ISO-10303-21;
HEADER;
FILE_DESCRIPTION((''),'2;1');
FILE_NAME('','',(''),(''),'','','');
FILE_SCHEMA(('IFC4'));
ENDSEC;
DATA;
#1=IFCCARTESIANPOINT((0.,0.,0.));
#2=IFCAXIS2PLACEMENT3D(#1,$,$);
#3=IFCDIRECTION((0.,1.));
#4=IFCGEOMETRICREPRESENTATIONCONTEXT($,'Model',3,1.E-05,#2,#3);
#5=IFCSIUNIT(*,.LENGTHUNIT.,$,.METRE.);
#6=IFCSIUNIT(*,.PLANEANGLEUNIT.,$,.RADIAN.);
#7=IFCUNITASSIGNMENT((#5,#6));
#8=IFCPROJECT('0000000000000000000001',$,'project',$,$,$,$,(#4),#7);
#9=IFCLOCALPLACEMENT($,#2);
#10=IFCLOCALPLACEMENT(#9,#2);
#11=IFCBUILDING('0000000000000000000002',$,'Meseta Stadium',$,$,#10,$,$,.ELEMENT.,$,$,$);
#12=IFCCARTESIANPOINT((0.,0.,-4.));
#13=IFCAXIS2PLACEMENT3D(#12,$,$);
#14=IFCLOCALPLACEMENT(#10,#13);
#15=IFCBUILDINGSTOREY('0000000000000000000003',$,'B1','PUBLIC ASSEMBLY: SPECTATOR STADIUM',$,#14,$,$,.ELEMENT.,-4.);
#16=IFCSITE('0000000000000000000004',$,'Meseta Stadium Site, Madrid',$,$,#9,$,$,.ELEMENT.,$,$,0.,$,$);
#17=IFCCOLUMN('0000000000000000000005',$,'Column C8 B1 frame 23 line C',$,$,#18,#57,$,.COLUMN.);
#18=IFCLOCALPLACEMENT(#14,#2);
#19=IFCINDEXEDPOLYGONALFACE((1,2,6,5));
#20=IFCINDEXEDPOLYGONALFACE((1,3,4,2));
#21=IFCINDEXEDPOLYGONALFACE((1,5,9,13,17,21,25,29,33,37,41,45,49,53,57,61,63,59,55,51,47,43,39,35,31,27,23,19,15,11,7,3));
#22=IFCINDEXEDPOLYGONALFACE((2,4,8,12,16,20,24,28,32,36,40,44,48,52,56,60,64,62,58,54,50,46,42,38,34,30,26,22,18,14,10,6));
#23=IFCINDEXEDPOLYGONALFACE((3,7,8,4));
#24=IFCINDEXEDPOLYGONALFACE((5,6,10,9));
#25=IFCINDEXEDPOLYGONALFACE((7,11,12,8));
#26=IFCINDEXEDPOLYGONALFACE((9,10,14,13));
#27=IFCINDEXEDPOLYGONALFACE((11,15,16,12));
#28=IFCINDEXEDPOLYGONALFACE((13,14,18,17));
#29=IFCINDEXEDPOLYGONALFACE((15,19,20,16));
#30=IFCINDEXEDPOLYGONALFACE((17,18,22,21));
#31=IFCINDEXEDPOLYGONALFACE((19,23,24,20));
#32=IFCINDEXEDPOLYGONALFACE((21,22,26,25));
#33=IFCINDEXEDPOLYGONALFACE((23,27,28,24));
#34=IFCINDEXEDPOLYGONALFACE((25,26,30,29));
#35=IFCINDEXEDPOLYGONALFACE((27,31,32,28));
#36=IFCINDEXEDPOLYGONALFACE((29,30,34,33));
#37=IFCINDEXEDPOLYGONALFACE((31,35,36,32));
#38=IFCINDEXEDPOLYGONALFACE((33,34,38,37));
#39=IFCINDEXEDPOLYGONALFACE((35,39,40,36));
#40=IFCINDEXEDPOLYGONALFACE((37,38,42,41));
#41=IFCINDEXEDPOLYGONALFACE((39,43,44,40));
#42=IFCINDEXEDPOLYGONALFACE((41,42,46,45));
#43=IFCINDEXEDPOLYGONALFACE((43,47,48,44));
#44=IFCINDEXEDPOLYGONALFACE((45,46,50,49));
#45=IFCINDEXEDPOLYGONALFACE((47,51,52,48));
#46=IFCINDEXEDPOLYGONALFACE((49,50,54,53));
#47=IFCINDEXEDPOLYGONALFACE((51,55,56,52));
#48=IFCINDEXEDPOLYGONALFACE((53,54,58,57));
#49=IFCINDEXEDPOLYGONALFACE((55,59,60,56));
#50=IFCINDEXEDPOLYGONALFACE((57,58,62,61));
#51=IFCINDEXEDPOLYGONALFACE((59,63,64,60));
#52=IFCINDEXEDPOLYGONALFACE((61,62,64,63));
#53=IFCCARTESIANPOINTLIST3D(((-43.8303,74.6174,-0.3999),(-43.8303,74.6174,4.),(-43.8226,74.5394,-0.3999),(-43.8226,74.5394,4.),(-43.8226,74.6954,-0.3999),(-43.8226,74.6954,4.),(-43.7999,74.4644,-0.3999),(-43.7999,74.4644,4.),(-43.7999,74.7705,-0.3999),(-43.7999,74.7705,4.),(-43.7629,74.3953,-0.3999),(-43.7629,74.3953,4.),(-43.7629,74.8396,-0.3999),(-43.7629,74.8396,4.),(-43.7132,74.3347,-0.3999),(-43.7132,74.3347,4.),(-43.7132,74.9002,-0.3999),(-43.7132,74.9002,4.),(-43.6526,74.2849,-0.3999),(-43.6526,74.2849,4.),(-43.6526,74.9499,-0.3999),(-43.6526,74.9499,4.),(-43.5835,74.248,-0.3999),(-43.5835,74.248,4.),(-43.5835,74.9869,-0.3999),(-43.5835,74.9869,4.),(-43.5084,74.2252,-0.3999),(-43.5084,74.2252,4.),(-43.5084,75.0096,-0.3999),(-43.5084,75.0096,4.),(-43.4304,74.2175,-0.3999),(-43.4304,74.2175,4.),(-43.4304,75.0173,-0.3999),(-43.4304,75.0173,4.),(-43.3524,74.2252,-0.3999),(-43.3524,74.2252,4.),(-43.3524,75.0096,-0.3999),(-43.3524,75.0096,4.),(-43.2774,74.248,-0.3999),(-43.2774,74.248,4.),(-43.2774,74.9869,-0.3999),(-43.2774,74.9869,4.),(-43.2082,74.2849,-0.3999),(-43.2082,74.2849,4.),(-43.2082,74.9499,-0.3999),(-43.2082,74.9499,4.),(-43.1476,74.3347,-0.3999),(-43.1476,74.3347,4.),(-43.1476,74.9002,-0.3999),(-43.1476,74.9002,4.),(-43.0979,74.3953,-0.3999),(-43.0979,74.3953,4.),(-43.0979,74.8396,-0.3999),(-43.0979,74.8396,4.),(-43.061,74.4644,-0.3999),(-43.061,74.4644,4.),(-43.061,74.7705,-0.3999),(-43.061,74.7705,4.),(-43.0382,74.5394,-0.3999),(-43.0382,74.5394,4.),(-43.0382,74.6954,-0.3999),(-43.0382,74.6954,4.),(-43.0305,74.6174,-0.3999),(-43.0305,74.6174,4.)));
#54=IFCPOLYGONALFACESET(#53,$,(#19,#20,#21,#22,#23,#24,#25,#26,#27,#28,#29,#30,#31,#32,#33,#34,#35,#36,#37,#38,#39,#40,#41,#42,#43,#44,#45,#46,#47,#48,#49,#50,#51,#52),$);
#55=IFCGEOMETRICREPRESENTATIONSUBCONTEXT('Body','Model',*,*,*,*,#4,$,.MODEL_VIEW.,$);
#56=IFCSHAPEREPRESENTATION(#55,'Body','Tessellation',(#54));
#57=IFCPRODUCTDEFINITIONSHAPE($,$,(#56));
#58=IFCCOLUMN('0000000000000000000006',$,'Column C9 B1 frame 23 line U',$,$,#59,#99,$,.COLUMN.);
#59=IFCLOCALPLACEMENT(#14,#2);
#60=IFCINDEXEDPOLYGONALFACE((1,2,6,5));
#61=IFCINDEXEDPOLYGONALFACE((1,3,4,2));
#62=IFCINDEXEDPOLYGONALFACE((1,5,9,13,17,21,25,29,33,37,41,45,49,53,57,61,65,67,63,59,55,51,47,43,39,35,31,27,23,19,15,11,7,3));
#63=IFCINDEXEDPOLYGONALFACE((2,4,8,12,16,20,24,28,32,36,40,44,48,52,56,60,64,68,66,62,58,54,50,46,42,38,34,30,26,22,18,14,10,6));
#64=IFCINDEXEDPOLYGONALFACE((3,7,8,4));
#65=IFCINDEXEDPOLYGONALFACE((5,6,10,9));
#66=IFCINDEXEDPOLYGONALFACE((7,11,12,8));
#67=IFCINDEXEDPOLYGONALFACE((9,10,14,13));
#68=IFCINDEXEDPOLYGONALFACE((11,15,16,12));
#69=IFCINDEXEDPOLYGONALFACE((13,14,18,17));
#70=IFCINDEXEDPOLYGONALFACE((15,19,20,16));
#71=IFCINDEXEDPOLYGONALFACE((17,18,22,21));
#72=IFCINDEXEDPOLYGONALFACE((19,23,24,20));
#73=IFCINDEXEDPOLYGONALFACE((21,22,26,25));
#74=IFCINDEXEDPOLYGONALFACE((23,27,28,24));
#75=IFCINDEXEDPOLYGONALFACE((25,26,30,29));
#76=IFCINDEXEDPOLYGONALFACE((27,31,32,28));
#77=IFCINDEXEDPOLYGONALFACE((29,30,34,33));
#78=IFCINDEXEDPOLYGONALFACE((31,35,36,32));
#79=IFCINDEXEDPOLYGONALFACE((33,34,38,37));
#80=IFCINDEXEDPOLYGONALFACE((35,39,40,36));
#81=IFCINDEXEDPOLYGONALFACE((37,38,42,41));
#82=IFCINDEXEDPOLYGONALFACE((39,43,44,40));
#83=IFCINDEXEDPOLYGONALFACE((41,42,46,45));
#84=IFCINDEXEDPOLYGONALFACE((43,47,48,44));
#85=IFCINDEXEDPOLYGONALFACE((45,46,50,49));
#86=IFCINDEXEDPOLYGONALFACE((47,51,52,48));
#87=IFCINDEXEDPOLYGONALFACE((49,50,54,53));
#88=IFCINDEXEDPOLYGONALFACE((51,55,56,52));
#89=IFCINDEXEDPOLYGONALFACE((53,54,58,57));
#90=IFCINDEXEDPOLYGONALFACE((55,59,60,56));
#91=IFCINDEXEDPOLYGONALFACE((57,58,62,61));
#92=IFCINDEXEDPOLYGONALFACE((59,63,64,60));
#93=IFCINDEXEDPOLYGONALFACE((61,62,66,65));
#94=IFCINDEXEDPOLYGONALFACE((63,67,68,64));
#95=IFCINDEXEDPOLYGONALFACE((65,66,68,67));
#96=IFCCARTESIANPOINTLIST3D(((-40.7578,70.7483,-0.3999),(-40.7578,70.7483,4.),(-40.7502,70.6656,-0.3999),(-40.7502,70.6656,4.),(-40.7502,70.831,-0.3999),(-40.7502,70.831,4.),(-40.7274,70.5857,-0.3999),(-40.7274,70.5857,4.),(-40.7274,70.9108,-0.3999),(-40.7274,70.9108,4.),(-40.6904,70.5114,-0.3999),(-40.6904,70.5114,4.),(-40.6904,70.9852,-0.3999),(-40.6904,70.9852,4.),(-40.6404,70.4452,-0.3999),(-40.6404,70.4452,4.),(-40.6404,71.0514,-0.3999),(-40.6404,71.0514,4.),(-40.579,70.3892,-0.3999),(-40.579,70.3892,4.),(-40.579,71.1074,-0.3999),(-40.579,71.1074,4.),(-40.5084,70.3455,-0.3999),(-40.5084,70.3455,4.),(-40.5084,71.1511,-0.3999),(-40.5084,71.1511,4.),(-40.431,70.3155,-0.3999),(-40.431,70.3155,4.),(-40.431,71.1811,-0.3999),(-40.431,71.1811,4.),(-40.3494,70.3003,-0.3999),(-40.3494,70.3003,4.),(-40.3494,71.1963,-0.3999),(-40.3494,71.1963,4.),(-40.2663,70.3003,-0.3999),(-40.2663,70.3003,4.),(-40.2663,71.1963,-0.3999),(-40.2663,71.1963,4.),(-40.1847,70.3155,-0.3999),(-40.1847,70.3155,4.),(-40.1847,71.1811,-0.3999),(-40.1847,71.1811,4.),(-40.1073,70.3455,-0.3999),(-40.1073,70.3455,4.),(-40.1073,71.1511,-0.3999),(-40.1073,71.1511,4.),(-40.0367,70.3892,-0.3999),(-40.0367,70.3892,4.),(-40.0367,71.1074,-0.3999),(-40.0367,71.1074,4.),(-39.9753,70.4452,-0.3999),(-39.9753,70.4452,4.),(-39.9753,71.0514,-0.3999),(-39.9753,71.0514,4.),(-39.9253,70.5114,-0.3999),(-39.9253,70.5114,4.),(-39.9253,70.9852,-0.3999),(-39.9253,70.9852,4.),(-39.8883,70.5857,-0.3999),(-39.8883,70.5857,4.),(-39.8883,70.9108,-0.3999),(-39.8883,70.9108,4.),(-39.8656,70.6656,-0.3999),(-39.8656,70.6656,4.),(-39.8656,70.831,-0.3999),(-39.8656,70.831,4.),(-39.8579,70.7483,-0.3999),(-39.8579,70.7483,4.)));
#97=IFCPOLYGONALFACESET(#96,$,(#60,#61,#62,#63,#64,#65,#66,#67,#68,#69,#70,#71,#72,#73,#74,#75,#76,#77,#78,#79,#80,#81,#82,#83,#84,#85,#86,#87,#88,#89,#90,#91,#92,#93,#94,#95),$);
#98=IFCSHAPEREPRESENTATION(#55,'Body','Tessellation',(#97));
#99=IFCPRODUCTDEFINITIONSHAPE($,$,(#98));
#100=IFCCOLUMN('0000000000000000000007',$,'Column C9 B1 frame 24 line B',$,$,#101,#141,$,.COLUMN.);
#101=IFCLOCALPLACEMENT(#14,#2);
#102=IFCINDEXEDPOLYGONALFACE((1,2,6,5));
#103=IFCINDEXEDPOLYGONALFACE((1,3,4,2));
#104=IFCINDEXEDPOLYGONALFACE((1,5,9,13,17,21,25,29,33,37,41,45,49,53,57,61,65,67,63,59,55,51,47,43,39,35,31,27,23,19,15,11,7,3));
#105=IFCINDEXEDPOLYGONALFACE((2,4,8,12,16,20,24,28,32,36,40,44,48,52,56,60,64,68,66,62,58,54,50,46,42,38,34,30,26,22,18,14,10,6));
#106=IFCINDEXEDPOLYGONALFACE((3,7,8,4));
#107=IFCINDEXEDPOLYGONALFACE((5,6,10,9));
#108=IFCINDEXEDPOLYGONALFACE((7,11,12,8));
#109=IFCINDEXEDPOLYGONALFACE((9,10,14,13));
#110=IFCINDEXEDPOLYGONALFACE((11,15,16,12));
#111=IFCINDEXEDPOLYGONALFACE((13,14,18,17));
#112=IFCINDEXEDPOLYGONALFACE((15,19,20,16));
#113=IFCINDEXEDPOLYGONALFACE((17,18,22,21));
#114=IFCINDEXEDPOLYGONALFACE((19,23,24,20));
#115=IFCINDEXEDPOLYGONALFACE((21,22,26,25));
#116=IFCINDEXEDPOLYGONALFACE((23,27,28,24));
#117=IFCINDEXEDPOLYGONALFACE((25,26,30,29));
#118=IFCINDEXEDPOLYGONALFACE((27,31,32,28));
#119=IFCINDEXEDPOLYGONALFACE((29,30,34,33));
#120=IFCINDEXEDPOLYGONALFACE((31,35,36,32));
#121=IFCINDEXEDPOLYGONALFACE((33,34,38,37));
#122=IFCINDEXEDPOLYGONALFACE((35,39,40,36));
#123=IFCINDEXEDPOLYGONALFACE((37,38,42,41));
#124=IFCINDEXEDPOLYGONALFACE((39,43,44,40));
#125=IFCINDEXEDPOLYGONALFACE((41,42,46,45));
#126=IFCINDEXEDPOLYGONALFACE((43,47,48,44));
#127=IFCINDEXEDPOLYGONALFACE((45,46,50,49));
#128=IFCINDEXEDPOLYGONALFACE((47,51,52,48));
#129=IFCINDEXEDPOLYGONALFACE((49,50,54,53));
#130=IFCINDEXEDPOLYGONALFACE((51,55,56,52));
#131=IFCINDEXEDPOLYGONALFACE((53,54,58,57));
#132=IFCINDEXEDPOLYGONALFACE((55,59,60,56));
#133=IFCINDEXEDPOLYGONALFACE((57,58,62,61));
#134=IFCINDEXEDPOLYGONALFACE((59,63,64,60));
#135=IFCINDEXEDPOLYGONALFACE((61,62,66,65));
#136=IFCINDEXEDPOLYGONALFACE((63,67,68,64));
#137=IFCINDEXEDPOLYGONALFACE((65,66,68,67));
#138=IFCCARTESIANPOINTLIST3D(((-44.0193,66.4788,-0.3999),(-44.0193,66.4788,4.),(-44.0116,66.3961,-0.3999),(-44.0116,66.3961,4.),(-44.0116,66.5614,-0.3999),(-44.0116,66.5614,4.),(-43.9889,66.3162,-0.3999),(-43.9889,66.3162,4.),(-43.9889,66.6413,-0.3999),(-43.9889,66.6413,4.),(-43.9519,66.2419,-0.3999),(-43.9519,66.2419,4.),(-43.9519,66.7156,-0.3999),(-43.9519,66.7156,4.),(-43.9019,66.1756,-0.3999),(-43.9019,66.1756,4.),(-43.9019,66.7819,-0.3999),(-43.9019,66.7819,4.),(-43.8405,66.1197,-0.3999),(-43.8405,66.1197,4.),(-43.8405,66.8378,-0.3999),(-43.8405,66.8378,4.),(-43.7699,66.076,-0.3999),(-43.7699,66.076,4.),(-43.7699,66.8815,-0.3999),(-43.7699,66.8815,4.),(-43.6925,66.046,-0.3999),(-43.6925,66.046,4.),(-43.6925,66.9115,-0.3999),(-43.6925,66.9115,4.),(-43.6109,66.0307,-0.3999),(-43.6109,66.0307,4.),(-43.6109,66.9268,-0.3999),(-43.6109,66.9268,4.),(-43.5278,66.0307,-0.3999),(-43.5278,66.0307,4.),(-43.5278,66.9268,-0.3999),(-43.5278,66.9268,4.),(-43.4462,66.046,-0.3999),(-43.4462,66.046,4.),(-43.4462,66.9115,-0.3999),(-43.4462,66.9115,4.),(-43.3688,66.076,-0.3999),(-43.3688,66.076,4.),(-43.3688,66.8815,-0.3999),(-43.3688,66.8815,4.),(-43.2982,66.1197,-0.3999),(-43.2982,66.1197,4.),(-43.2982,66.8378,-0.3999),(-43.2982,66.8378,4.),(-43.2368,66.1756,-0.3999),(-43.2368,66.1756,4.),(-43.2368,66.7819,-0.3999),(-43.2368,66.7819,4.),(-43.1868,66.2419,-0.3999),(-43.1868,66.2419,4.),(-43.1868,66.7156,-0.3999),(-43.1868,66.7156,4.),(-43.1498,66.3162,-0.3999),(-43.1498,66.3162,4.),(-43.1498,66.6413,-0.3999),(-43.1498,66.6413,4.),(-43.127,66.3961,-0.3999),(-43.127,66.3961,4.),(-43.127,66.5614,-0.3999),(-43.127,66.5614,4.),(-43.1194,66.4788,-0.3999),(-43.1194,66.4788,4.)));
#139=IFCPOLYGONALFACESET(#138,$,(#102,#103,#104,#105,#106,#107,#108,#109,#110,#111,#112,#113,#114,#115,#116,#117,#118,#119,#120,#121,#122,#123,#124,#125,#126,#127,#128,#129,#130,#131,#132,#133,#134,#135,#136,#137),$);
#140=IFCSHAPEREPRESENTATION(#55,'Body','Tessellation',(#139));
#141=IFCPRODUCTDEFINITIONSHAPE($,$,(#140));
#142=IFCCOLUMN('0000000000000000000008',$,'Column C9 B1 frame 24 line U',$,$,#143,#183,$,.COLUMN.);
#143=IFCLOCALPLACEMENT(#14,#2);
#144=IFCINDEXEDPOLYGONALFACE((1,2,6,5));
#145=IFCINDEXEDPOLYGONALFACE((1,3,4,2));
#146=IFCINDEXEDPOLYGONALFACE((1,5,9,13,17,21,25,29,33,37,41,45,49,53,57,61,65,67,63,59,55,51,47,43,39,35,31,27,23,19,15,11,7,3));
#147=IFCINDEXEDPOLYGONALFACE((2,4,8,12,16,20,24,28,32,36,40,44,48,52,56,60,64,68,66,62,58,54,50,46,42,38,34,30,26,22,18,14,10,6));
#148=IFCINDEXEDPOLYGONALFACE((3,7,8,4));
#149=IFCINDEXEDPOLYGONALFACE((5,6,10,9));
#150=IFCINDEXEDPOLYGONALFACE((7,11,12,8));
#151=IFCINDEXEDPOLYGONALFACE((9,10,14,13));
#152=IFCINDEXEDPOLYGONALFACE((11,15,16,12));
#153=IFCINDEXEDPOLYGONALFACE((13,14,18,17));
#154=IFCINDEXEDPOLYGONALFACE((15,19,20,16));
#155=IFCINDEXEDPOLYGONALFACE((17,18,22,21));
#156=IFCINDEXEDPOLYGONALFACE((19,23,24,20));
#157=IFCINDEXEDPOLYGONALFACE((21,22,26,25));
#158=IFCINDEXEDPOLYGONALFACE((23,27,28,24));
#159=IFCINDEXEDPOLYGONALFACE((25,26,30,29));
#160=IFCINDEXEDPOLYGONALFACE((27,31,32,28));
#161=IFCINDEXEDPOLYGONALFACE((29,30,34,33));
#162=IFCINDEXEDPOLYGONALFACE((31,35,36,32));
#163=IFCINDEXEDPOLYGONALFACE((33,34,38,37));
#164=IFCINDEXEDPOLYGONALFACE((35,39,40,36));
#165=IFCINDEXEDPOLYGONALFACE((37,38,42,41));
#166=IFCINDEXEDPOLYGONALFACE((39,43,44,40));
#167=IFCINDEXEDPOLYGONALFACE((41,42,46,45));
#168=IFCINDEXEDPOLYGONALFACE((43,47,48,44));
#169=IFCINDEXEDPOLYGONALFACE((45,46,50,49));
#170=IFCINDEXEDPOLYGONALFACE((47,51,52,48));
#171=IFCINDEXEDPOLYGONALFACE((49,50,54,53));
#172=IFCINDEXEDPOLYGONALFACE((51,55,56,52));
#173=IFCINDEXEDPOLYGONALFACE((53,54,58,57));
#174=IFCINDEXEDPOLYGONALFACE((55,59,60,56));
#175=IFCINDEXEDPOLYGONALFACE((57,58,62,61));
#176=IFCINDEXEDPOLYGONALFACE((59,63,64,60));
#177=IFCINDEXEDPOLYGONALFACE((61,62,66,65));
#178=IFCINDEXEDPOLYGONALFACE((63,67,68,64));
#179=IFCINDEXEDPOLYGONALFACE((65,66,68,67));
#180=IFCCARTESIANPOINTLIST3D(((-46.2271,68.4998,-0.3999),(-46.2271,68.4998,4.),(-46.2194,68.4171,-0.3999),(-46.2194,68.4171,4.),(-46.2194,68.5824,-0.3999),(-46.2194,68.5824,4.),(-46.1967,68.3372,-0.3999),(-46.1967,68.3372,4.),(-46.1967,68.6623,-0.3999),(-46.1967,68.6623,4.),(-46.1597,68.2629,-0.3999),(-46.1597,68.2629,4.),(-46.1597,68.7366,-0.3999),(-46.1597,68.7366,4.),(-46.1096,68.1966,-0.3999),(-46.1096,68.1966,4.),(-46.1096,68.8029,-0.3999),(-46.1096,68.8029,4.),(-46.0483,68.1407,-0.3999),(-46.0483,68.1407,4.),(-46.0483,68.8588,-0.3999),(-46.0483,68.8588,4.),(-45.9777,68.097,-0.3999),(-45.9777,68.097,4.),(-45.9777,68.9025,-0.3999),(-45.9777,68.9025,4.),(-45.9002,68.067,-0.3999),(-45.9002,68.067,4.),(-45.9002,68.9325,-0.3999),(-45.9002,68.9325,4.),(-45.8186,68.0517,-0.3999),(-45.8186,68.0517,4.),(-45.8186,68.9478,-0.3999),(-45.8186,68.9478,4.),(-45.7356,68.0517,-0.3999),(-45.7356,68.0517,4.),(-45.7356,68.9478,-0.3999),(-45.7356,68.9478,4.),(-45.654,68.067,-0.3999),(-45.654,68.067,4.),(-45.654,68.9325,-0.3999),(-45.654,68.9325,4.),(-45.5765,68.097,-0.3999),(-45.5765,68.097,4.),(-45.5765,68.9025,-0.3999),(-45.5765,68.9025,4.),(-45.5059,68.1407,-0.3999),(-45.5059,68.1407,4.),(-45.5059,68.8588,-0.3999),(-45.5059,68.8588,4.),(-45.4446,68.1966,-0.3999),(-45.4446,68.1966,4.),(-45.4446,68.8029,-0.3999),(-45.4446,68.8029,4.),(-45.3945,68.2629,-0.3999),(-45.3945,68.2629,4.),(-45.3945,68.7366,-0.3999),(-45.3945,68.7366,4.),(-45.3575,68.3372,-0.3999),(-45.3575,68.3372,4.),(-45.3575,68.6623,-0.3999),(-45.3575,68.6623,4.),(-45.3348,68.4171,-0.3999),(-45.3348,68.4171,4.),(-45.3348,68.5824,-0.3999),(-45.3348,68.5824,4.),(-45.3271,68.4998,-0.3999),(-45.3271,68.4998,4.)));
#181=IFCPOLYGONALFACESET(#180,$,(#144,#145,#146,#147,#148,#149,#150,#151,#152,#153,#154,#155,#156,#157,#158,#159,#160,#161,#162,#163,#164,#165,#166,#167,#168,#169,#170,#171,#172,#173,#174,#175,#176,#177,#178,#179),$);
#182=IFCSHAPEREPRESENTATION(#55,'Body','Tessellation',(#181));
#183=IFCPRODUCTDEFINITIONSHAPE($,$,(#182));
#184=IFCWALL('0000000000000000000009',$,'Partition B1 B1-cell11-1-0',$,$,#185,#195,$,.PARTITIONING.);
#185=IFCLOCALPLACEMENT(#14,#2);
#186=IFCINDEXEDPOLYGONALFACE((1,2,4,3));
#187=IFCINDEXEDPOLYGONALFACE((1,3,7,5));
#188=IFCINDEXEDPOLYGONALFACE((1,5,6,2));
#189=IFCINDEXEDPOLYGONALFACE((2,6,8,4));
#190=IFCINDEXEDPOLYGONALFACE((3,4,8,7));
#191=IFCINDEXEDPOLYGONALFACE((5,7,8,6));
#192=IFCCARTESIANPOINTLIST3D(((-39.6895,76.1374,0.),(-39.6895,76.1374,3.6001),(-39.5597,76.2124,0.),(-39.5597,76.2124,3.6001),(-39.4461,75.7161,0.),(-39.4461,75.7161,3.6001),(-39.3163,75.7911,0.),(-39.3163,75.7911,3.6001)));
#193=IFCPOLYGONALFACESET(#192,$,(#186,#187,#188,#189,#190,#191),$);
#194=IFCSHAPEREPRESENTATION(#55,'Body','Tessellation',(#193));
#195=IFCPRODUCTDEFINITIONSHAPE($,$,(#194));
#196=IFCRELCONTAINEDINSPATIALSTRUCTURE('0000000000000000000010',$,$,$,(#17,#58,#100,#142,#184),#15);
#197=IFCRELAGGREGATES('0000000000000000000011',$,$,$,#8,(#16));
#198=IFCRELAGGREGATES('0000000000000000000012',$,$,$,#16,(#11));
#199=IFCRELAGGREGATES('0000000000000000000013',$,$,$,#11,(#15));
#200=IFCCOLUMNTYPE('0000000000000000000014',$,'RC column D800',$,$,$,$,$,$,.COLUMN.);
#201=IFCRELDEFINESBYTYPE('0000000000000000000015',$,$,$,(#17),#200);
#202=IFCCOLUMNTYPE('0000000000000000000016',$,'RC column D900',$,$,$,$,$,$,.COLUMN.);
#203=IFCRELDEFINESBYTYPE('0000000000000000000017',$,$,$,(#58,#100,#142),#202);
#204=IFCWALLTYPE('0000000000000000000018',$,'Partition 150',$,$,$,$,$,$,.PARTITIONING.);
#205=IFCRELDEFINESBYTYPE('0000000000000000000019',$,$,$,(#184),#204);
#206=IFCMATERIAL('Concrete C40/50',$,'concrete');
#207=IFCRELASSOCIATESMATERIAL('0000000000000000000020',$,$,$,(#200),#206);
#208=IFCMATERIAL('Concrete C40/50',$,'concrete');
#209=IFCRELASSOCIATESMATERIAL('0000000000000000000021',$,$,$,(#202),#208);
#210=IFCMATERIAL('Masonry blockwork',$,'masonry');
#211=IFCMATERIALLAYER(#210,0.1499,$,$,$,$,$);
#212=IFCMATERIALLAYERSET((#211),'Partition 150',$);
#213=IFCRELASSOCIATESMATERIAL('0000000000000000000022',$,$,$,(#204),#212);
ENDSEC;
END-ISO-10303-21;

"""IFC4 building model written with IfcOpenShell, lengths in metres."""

from ifc_helpers import new_model, si_unit, direction, frame, frame_2d, origin, origin_2d, place, context, subcontext, project, spatial, rectangle, circle, extrude, material, layer, layer_set, material_profile, profile_set, type_object, element, save


model = new_model("IFC4")

# Units and contexts
model_context = context("Model", 3, precision=1e-05, world=origin(), true_north=direction((0.0, 1.0)))
body_context = subcontext(model_context, "Body", "Model", "MODEL_VIEW")
ifc_project = project(units=[si_unit("LENGTHUNIT", "METRE"), si_unit("PLANEANGLEUNIT", "RADIAN")], contexts=[model_context])

# Site, building, storey
site_placement = place(None, origin())
site = spatial("IfcSite", under=ifc_project, at=site_placement, Name="Meseta Stadium Site, Madrid", CompositionType="ELEMENT", RefElevation=0.0)
building_placement = place(site_placement, origin())
building = spatial("IfcBuilding", under=site, at=building_placement, Name="Meseta Stadium", CompositionType="ELEMENT")
storey_placement = place(building_placement, frame((0.0, 0.0, -4.0)))
storey = spatial("IfcBuildingStorey", under=building, at=storey_placement, Name="B1", Description="PUBLIC ASSEMBLY: SPECTATOR STADIUM", CompositionType="ELEMENT", Elevation=-4.0)

# Columns
ifc_material_1 = material(Name="Concrete C40/50", Category="concrete")
ifc_material_profile_1 = material_profile(ifc_material_1, circle(Radius=0.3999, at=origin_2d()), Name="RC D800")
ifc_profile_set_1 = profile_set([ifc_material_profile_1], Name="Concrete C40/50")
column_type_1 = type_object("IfcColumnType", Name="RC column D800", PredefinedType="COLUMN", material=ifc_profile_set_1)
for number, where, z_axis, x_axis, name in (
    (1, (-43.4304, 74.6174, -0.3999), (0.0, 0.0, 1.0), (1.0, 0.0, 0.0), "Column C8 B1 frame 23 line C"),
):
    element("IfcColumn", number, at=place(storey_placement, frame(where, z_axis=z_axis, x_axis=x_axis)), inside=storey, type_object=column_type_1, Name=name, PredefinedType="COLUMN", context=body_context, shape_type="SweptSolid", body=[
        extrude(circle(Radius=0.3999, at=origin_2d()), origin(), (0.0, 0.0, 1.0), 4.3999),
    ])
ifc_material_2 = material(Name="Concrete C40/50", Category="concrete")
ifc_material_profile_2 = material_profile(ifc_material_2, circle(Radius=0.45, at=origin_2d()), Name="RC D900")
ifc_profile_set_2 = profile_set([ifc_material_profile_2], Name="Concrete C40/50")
column_type_2 = type_object("IfcColumnType", Name="RC column D900", PredefinedType="COLUMN", material=ifc_profile_set_2)
for number, where, z_axis, x_axis, name in (
    (2, (-40.3079, 70.7483, -0.3999), (0.0, 0.0, 1.0), (1.0, 0.0, 0.0), "Column C9 B1 frame 23 line U"),
    (3, (-43.5693, 66.4788, -0.3999), (0.0, 0.0, 1.0), (1.0, 0.0, 0.0), "Column C9 B1 frame 24 line B"),
    (4, (-45.7771, 68.4998, -0.3999), (0.0, 0.0, 1.0), (1.0, 0.0, 0.0), "Column C9 B1 frame 24 line U"),
):
    element("IfcColumn", number, at=place(storey_placement, frame(where, z_axis=z_axis, x_axis=x_axis)), inside=storey, type_object=column_type_2, Name=name, PredefinedType="COLUMN", context=body_context, shape_type="SweptSolid", body=[
        extrude(circle(Radius=0.45, at=origin_2d()), origin(), (0.0, 0.0, 1.0), 4.3999),
    ])

# Wall
ifc_material_3 = material(Name="Masonry blockwork", Category="masonry")
ifc_layer = layer(ifc_material_3, 0.1499)
ifc_layer_set = layer_set([ifc_layer], Name="Partition 150")
wall_type = type_object("IfcWallType", Name="Partition 150", PredefinedType="PARTITIONING", material=ifc_layer_set)
wall_1_placement = place(storey_placement, frame((-39.6245, 76.1748, 0.0), z_axis=(0.0, 0.0, 1.0), x_axis=(0.500186, -0.865918, 0.0)))
element("IfcWall", 5, at=wall_1_placement, inside=storey, type_object=wall_type, Name="Partition B1 B1-cell11-1-0", PredefinedType="PARTITIONING", context=body_context, shape_type="SweptSolid", body=[
    extrude(rectangle(XDim=0.4866, YDim=0.1499, at=frame_2d((0.2432, 0.0))), origin(), (0.0, 0.0, 1.0), 3.6001),
])

save(model, "model.ifc")
